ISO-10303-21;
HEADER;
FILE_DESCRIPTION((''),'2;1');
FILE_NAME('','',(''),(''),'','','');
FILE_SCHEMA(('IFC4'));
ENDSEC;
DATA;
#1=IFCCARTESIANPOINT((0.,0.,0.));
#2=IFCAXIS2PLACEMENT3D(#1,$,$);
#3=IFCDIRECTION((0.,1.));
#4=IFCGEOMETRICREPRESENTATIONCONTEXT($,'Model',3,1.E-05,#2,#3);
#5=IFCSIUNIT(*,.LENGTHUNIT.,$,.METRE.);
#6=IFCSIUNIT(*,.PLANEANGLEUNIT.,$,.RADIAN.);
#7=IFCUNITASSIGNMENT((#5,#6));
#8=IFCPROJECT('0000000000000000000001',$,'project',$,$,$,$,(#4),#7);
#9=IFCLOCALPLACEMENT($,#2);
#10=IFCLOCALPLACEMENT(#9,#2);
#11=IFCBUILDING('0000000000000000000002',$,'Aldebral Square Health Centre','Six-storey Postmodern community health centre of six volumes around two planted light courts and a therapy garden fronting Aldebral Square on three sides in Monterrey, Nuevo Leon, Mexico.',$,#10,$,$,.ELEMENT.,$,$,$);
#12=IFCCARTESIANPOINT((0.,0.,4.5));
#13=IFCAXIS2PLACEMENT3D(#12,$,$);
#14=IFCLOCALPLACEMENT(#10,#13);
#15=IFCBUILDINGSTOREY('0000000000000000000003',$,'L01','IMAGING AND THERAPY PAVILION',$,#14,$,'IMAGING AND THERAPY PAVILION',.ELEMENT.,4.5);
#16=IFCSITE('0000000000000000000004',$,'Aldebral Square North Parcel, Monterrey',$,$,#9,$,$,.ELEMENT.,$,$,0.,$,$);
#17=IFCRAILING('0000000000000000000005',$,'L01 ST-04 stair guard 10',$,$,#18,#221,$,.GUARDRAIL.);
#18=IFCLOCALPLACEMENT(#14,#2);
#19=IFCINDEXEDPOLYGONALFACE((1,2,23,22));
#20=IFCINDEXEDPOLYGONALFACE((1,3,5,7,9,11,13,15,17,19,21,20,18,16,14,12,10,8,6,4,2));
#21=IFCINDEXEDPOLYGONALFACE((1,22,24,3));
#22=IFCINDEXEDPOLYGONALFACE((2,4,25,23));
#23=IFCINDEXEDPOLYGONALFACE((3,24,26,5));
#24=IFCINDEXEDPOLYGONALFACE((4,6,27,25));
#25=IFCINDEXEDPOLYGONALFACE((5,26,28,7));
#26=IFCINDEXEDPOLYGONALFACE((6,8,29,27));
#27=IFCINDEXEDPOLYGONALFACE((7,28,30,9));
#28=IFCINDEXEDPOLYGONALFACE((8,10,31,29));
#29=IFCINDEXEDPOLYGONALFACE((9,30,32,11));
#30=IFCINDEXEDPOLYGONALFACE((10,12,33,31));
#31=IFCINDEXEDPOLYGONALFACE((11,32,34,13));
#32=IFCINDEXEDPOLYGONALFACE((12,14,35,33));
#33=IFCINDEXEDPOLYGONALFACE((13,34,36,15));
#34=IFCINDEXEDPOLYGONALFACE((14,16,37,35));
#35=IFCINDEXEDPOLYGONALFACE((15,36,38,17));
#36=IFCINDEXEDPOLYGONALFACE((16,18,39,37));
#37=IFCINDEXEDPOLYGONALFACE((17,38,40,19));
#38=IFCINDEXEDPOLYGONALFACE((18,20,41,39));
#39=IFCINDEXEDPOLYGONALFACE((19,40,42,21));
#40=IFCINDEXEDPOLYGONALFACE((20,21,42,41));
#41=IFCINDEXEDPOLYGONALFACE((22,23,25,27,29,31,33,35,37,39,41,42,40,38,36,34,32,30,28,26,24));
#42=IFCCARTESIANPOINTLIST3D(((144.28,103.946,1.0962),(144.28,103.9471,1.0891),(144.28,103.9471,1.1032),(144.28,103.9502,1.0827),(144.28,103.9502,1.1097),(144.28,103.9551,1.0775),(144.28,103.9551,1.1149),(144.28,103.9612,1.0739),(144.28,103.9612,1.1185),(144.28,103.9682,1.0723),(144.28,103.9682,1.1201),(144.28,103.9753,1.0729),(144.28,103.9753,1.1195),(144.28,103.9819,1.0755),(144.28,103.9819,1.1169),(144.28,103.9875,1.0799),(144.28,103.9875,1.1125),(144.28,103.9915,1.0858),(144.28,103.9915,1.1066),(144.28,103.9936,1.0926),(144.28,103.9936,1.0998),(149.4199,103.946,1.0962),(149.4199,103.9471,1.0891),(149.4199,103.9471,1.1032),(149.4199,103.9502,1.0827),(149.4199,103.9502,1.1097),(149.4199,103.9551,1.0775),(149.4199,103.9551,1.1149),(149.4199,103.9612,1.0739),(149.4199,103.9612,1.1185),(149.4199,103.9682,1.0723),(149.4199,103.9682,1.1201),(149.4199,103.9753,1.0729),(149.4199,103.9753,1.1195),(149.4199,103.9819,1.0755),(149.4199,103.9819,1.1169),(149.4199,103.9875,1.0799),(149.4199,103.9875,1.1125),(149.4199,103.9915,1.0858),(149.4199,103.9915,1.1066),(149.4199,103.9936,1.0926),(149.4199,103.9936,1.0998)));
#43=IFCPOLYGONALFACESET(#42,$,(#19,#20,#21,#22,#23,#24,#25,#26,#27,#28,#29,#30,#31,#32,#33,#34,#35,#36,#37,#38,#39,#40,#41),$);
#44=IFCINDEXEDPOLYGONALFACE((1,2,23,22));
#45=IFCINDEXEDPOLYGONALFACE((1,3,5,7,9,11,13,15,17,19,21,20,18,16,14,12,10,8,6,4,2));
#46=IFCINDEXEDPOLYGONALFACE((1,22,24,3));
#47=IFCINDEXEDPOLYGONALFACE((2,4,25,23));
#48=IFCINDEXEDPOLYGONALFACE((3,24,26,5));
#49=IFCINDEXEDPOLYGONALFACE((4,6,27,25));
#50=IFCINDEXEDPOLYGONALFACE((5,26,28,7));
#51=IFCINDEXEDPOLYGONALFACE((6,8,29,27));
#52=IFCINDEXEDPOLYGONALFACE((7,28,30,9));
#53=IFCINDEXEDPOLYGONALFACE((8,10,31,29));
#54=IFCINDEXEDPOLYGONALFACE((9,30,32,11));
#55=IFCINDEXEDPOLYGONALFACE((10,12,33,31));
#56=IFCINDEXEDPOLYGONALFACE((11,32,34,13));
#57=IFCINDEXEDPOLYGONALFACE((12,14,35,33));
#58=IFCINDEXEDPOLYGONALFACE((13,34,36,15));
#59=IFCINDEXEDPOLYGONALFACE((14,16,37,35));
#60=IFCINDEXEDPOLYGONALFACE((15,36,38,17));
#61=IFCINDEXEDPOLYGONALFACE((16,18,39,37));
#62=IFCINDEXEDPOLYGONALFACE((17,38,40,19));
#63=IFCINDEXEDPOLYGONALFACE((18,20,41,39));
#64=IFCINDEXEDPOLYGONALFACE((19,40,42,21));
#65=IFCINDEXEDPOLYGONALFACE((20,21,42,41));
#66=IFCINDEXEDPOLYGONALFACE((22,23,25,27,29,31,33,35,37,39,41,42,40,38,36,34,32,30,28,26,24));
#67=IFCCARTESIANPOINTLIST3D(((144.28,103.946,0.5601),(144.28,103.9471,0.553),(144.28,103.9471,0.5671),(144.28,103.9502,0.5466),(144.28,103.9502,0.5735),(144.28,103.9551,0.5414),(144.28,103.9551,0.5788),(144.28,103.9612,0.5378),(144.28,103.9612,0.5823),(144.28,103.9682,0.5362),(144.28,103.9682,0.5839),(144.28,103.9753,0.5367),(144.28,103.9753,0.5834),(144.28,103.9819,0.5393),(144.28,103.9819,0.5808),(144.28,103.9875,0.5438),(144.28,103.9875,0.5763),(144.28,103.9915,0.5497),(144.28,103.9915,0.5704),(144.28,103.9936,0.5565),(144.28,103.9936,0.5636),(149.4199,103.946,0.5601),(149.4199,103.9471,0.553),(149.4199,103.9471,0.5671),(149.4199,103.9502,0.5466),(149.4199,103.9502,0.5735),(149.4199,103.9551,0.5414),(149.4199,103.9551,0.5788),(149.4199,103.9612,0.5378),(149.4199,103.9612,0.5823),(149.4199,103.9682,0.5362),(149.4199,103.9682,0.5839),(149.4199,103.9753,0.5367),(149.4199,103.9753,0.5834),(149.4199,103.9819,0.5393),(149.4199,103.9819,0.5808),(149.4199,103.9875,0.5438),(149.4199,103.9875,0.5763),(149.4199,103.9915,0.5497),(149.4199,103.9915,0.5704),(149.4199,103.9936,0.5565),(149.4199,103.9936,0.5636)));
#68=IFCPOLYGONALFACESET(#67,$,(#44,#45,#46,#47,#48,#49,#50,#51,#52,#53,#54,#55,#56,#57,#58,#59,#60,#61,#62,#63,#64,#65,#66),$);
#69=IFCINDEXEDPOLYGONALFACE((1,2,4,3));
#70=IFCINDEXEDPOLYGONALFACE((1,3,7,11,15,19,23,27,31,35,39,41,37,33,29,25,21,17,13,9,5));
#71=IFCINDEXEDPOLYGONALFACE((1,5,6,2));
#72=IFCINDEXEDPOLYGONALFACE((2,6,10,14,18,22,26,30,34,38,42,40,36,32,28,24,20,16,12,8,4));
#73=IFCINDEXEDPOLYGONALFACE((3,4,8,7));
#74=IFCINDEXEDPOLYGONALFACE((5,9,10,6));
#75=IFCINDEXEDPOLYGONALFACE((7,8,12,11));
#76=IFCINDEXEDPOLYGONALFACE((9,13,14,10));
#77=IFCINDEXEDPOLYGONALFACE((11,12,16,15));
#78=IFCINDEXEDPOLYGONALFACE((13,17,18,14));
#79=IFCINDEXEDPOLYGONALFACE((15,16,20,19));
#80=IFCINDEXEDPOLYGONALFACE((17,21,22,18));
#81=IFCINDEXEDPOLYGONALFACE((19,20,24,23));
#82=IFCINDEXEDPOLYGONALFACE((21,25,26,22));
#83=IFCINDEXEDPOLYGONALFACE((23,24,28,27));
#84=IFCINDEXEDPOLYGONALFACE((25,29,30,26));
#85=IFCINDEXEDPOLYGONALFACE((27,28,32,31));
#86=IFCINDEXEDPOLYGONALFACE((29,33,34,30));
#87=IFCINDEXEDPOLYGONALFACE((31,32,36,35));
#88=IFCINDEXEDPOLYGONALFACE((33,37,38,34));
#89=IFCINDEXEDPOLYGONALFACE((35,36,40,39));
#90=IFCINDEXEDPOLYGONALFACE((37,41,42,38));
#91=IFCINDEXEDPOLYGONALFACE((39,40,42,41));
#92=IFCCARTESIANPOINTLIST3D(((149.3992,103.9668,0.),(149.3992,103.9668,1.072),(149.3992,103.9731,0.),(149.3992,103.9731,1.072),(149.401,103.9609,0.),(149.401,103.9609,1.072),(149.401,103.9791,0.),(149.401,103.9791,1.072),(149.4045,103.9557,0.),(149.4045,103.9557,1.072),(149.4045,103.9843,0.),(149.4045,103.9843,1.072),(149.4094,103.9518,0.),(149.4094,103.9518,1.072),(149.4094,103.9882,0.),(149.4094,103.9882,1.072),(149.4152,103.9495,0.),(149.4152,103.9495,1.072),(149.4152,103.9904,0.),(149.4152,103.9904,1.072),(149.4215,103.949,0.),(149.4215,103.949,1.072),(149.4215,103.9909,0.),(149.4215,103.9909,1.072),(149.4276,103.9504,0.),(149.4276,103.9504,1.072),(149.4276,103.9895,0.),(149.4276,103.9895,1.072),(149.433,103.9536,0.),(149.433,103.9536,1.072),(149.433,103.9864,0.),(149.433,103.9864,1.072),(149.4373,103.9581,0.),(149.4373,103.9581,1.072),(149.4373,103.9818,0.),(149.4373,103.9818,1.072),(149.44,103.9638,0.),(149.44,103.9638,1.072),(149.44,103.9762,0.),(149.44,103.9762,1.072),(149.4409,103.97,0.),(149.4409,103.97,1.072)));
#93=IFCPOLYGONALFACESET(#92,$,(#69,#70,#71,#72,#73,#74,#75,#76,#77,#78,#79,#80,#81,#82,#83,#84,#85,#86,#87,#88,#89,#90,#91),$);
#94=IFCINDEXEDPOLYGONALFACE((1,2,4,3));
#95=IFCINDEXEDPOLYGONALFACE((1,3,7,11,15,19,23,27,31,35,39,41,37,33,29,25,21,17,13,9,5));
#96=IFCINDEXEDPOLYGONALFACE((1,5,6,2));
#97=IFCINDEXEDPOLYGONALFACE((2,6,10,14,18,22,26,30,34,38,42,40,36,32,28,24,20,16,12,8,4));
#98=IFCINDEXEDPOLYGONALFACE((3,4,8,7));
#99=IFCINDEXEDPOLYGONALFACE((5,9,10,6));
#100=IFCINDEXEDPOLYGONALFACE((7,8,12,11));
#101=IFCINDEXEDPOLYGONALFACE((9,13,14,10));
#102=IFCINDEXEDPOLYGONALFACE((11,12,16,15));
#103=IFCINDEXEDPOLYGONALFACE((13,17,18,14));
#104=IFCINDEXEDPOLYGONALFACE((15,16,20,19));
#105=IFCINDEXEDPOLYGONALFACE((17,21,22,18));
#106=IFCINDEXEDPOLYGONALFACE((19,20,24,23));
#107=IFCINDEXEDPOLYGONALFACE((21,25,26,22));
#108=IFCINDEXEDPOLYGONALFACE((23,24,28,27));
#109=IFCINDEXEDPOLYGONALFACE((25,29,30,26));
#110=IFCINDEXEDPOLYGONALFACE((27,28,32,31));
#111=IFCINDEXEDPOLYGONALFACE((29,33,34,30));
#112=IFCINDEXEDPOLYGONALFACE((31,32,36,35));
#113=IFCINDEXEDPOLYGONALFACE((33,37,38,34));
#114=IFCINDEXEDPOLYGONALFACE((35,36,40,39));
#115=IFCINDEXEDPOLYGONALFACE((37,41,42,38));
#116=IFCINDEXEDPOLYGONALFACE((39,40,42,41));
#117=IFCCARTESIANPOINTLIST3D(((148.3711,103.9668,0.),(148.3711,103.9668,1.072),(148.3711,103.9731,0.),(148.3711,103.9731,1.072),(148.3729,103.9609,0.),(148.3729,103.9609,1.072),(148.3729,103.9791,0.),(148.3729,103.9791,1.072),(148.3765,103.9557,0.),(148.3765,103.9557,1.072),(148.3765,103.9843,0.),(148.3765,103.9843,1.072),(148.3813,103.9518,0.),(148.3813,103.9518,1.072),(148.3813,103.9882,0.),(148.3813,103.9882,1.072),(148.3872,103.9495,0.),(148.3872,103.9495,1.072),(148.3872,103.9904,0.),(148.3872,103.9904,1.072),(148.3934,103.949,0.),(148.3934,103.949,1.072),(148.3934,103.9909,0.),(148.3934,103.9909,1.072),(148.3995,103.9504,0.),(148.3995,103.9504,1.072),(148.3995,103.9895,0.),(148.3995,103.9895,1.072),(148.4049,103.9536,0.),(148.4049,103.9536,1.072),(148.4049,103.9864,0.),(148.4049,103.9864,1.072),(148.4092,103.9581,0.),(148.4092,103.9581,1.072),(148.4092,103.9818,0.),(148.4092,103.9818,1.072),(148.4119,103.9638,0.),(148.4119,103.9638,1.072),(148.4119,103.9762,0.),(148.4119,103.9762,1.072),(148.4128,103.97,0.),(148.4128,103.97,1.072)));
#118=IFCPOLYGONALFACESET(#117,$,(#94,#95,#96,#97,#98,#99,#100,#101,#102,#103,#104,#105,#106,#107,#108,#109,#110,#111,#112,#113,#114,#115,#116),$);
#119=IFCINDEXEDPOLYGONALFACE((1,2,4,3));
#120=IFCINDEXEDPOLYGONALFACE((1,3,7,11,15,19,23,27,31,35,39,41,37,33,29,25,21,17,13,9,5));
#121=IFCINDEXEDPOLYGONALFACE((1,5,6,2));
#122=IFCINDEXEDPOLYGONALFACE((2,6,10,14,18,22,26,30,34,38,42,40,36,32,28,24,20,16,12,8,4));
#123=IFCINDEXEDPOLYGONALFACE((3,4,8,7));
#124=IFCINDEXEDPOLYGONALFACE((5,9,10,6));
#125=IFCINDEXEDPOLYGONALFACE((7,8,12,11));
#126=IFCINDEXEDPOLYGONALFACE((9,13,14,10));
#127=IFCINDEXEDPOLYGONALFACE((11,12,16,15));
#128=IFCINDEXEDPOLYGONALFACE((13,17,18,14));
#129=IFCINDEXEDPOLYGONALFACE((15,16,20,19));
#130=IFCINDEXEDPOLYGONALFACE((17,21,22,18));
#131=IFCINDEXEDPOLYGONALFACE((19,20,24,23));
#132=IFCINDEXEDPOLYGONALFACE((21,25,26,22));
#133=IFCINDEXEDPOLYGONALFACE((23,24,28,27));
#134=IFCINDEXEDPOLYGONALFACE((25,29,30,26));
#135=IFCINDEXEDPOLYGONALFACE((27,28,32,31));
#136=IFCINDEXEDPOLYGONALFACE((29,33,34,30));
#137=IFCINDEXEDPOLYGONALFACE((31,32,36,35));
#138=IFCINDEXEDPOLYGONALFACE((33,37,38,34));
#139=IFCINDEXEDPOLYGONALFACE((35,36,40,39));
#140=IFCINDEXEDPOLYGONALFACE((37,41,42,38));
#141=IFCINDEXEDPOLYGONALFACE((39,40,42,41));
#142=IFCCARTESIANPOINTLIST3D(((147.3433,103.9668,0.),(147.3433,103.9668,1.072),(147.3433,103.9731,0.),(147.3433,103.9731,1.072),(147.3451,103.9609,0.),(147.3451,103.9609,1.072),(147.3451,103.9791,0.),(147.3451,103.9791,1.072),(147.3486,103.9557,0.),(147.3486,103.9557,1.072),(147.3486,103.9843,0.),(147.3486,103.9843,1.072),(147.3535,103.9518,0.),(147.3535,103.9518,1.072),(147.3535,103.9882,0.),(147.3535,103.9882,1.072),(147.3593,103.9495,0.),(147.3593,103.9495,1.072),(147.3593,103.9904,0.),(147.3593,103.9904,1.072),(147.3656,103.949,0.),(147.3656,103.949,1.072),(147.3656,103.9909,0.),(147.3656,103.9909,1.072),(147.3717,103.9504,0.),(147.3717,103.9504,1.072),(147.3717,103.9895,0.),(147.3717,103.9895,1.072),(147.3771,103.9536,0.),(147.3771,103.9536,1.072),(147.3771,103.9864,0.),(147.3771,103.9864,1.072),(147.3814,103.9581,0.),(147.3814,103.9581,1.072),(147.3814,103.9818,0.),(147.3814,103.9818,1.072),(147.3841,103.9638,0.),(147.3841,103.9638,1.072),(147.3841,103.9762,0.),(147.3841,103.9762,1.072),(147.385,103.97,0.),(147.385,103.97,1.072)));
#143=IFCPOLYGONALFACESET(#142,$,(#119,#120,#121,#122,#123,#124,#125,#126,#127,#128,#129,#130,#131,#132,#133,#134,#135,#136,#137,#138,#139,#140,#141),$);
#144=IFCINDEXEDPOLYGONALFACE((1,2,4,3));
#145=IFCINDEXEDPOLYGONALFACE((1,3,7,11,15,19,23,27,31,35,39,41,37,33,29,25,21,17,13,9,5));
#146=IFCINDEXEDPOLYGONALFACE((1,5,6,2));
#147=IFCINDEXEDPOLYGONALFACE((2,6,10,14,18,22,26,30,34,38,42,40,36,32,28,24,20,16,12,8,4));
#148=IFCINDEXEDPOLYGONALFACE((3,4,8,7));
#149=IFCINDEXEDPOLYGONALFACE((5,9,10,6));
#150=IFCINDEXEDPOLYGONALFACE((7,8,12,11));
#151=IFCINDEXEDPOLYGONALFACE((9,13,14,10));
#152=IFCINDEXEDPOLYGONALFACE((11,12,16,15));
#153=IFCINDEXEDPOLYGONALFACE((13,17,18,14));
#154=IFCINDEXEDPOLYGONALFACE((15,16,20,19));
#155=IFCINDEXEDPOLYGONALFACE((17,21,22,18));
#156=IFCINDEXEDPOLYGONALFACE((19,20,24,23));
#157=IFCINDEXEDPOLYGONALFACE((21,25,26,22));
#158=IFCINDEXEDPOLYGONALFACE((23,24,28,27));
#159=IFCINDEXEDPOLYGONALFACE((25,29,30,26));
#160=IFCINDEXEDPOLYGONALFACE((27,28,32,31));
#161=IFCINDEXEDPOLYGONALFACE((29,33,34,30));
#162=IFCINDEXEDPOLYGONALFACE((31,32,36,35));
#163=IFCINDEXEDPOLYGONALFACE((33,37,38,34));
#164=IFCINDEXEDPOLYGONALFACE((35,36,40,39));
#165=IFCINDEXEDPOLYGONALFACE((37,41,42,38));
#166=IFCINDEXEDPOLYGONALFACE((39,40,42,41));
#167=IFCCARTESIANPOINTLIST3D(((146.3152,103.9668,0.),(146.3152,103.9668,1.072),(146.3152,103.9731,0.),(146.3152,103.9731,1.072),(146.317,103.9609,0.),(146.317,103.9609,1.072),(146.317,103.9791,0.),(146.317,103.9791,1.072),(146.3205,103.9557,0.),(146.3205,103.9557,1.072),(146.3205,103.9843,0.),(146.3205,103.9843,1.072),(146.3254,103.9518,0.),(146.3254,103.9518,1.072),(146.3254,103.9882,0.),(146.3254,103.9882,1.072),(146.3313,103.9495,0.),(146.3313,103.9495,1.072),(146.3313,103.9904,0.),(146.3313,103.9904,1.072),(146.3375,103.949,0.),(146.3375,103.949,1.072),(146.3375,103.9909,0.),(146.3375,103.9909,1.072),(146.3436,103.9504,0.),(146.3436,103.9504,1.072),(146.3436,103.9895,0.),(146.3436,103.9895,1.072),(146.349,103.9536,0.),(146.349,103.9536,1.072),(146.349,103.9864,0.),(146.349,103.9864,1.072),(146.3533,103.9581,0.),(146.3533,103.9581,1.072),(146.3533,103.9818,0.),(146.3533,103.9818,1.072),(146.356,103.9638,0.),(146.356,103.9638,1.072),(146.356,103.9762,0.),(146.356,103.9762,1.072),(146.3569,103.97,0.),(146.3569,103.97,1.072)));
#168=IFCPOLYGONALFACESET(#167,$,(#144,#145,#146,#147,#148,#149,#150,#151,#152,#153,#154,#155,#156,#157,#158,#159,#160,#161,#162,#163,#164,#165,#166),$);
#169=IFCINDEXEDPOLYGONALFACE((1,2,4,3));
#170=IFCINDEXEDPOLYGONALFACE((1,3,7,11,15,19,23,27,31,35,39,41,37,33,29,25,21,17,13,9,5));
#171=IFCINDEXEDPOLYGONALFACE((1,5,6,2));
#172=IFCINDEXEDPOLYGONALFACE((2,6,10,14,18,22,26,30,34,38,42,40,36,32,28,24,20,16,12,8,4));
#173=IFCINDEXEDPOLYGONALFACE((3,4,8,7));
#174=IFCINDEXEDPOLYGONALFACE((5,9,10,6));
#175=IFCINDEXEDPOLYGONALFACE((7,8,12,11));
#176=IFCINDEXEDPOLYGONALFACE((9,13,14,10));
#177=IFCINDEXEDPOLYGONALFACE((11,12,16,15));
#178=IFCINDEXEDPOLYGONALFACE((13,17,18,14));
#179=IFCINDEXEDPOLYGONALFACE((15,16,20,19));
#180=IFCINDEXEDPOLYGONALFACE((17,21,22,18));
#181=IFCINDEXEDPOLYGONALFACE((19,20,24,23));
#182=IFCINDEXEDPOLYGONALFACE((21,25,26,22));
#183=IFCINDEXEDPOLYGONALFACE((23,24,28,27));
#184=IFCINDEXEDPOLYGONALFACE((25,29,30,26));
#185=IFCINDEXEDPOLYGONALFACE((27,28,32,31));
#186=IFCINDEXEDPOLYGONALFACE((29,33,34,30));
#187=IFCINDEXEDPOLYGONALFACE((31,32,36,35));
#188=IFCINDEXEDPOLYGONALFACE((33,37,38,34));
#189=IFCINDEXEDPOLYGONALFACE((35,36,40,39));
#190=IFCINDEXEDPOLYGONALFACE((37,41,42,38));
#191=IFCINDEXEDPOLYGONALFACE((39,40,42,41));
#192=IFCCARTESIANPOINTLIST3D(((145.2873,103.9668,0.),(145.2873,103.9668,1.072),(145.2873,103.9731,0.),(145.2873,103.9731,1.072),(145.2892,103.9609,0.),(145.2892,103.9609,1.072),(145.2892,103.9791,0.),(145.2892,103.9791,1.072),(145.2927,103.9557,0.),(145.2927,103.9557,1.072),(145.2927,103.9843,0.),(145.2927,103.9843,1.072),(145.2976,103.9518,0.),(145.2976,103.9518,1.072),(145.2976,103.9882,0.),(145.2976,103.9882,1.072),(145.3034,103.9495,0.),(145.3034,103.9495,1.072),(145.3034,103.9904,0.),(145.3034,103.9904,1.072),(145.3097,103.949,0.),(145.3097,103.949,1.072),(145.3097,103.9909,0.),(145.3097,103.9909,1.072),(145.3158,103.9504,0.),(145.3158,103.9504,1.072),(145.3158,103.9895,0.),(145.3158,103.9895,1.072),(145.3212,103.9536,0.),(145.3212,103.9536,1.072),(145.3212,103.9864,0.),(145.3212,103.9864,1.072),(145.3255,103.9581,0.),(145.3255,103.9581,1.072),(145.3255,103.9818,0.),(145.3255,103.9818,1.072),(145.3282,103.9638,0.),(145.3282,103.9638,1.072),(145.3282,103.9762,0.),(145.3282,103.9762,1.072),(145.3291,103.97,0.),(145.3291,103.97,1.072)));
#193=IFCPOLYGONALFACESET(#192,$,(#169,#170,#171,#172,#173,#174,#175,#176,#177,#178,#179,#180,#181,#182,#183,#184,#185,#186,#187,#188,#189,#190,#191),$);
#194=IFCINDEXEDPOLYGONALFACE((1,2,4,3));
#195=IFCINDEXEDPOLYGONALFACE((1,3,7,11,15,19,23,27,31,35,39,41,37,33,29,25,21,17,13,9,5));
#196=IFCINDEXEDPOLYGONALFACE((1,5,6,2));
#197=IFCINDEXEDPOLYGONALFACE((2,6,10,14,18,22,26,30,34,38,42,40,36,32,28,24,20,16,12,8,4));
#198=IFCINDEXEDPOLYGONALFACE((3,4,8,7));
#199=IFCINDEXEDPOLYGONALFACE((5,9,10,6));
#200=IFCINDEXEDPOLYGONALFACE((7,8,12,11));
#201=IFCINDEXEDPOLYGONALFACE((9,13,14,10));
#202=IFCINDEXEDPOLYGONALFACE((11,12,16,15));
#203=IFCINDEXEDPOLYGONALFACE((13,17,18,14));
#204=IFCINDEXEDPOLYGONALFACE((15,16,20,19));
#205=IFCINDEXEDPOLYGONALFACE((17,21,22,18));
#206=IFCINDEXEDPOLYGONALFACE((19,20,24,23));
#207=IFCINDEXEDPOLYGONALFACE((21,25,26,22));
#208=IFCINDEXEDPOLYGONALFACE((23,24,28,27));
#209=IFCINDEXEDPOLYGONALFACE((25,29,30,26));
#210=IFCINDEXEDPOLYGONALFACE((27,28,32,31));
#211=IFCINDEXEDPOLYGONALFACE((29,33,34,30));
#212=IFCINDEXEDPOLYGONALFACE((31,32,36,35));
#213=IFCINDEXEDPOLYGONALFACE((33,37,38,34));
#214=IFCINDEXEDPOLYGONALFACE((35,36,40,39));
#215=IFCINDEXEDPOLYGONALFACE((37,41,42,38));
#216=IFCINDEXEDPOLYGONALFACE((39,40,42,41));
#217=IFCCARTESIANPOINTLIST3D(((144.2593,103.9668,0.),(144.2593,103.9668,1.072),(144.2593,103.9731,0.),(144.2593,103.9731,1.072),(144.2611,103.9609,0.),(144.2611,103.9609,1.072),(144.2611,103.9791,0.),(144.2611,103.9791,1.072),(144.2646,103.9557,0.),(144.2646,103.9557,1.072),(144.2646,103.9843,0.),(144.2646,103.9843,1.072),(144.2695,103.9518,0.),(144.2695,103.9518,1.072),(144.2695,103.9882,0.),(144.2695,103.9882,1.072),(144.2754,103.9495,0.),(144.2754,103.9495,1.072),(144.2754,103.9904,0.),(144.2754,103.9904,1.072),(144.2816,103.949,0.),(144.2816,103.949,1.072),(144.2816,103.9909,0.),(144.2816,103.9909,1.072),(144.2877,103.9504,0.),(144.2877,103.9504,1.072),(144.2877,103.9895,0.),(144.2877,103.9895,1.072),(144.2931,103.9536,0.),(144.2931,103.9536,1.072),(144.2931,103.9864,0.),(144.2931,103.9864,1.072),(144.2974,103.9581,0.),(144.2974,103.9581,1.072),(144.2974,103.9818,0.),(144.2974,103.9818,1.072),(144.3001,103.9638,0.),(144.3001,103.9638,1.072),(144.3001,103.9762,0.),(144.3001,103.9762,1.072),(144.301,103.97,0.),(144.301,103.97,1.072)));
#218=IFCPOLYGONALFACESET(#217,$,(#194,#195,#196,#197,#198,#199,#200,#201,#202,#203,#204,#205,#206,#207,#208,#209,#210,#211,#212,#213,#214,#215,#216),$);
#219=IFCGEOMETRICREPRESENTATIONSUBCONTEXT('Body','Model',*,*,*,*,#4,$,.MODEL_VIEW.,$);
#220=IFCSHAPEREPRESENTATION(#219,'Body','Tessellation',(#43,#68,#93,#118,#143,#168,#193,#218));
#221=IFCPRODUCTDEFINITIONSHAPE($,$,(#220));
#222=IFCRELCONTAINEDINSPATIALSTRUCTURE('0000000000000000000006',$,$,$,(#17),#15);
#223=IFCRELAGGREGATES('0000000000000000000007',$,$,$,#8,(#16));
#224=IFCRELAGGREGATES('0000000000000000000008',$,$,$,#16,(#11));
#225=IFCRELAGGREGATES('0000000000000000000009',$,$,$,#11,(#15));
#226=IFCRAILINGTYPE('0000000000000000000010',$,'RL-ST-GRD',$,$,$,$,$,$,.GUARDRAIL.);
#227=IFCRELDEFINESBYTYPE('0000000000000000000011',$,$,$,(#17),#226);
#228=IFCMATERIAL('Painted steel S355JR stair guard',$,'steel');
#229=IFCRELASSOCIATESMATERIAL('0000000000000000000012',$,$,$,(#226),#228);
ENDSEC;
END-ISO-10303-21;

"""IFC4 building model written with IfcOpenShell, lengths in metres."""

from ifc_helpers import new_model, si_unit, direction, frame, origin, origin_2d, place, context, subcontext, project, spatial, circle, extrude, material, type_object, element, save


model = new_model("IFC4")

# Units and contexts
model_context = context("Model", 3, precision=1e-05, world=origin(), true_north=direction((0.0, 1.0)))
body_context = subcontext(model_context, "Body", "Model", "MODEL_VIEW")
ifc_project = project(units=[si_unit("LENGTHUNIT", "METRE"), si_unit("PLANEANGLEUNIT", "RADIAN")], contexts=[model_context])

# Site, building, storey
site_placement = place(None, origin())
site = spatial("IfcSite", under=ifc_project, at=site_placement, Name="Aldebral Square North Parcel, Monterrey", CompositionType="ELEMENT", RefElevation=0.0)
building_placement = place(site_placement, origin())
building = spatial("IfcBuilding", under=site, at=building_placement, Name="Aldebral Square Health Centre", Description="Six-storey Postmodern community health centre of six volumes around two planted light courts and a therapy garden fronting Aldebral Square on three sides in Monterrey, Nuevo Leon, Mexico.", CompositionType="ELEMENT")
storey_placement = place(building_placement, frame((0.0, 0.0, 4.5)))
storey = spatial("IfcBuildingStorey", under=building, at=storey_placement, Name="L01", Description="IMAGING AND THERAPY PAVILION", LongName="IMAGING AND THERAPY PAVILION", CompositionType="ELEMENT", Elevation=4.5)

# Railing
ifc_material_1 = material(Name="Painted steel S355JR stair guard", Category="steel")
railing_type_1 = type_object("IfcRailingType", Name="RL-ST-GRD", PredefinedType="GUARDRAIL", material=ifc_material_1)
railing_1_placement = place(storey_placement, frame((149.4199, 103.97, 0.0)))
element("IfcRailing", 1, at=railing_1_placement, inside=storey, type_object=railing_type_1, Name="L01 ST-04 stair guard 10", PredefinedType="GUARDRAIL", context=body_context, shape_type="SweptSolid", body=[
    extrude(circle(Radius=0.0239, at=origin_2d()), frame((0.0, 0.0, 1.0962), z_axis=(-1.0, 0.0, 0.0), x_axis=(0.0, -1.0, 0.0)), (0.0, 0.0, 1.0), 5.1399),
    extrude(circle(Radius=0.0239, at=origin_2d()), frame((0.0, 0.0, 0.5601), z_axis=(-1.0, 0.0, 0.0), x_axis=(0.0, -1.0, 0.0)), (0.0, 0.0, 1.0), 5.1399),
    extrude(circle(Radius=0.021, at=origin_2d()), origin(), (0.0, 0.0, 1.0), 1.072),
    extrude(circle(Radius=0.021, at=origin_2d()), frame((-1.0281, 0.0, 0.0)), (0.0, 0.0, 1.0), 1.072),
    extrude(circle(Radius=0.021, at=origin_2d()), frame((-2.0559, 0.0, 0.0)), (0.0, 0.0, 1.0), 1.072),
    extrude(circle(Radius=0.021, at=origin_2d()), frame((-3.084, 0.0, 0.0)), (0.0, 0.0, 1.0), 1.072),
    extrude(circle(Radius=0.021, at=origin_2d()), frame((-4.1118, 0.0, 0.0)), (0.0, 0.0, 1.0), 1.072),
    extrude(circle(Radius=0.021, at=origin_2d()), frame((-5.1399, 0.0, 0.0)), (0.0, 0.0, 1.0), 1.072),
])

save(model, "model.ifc")
